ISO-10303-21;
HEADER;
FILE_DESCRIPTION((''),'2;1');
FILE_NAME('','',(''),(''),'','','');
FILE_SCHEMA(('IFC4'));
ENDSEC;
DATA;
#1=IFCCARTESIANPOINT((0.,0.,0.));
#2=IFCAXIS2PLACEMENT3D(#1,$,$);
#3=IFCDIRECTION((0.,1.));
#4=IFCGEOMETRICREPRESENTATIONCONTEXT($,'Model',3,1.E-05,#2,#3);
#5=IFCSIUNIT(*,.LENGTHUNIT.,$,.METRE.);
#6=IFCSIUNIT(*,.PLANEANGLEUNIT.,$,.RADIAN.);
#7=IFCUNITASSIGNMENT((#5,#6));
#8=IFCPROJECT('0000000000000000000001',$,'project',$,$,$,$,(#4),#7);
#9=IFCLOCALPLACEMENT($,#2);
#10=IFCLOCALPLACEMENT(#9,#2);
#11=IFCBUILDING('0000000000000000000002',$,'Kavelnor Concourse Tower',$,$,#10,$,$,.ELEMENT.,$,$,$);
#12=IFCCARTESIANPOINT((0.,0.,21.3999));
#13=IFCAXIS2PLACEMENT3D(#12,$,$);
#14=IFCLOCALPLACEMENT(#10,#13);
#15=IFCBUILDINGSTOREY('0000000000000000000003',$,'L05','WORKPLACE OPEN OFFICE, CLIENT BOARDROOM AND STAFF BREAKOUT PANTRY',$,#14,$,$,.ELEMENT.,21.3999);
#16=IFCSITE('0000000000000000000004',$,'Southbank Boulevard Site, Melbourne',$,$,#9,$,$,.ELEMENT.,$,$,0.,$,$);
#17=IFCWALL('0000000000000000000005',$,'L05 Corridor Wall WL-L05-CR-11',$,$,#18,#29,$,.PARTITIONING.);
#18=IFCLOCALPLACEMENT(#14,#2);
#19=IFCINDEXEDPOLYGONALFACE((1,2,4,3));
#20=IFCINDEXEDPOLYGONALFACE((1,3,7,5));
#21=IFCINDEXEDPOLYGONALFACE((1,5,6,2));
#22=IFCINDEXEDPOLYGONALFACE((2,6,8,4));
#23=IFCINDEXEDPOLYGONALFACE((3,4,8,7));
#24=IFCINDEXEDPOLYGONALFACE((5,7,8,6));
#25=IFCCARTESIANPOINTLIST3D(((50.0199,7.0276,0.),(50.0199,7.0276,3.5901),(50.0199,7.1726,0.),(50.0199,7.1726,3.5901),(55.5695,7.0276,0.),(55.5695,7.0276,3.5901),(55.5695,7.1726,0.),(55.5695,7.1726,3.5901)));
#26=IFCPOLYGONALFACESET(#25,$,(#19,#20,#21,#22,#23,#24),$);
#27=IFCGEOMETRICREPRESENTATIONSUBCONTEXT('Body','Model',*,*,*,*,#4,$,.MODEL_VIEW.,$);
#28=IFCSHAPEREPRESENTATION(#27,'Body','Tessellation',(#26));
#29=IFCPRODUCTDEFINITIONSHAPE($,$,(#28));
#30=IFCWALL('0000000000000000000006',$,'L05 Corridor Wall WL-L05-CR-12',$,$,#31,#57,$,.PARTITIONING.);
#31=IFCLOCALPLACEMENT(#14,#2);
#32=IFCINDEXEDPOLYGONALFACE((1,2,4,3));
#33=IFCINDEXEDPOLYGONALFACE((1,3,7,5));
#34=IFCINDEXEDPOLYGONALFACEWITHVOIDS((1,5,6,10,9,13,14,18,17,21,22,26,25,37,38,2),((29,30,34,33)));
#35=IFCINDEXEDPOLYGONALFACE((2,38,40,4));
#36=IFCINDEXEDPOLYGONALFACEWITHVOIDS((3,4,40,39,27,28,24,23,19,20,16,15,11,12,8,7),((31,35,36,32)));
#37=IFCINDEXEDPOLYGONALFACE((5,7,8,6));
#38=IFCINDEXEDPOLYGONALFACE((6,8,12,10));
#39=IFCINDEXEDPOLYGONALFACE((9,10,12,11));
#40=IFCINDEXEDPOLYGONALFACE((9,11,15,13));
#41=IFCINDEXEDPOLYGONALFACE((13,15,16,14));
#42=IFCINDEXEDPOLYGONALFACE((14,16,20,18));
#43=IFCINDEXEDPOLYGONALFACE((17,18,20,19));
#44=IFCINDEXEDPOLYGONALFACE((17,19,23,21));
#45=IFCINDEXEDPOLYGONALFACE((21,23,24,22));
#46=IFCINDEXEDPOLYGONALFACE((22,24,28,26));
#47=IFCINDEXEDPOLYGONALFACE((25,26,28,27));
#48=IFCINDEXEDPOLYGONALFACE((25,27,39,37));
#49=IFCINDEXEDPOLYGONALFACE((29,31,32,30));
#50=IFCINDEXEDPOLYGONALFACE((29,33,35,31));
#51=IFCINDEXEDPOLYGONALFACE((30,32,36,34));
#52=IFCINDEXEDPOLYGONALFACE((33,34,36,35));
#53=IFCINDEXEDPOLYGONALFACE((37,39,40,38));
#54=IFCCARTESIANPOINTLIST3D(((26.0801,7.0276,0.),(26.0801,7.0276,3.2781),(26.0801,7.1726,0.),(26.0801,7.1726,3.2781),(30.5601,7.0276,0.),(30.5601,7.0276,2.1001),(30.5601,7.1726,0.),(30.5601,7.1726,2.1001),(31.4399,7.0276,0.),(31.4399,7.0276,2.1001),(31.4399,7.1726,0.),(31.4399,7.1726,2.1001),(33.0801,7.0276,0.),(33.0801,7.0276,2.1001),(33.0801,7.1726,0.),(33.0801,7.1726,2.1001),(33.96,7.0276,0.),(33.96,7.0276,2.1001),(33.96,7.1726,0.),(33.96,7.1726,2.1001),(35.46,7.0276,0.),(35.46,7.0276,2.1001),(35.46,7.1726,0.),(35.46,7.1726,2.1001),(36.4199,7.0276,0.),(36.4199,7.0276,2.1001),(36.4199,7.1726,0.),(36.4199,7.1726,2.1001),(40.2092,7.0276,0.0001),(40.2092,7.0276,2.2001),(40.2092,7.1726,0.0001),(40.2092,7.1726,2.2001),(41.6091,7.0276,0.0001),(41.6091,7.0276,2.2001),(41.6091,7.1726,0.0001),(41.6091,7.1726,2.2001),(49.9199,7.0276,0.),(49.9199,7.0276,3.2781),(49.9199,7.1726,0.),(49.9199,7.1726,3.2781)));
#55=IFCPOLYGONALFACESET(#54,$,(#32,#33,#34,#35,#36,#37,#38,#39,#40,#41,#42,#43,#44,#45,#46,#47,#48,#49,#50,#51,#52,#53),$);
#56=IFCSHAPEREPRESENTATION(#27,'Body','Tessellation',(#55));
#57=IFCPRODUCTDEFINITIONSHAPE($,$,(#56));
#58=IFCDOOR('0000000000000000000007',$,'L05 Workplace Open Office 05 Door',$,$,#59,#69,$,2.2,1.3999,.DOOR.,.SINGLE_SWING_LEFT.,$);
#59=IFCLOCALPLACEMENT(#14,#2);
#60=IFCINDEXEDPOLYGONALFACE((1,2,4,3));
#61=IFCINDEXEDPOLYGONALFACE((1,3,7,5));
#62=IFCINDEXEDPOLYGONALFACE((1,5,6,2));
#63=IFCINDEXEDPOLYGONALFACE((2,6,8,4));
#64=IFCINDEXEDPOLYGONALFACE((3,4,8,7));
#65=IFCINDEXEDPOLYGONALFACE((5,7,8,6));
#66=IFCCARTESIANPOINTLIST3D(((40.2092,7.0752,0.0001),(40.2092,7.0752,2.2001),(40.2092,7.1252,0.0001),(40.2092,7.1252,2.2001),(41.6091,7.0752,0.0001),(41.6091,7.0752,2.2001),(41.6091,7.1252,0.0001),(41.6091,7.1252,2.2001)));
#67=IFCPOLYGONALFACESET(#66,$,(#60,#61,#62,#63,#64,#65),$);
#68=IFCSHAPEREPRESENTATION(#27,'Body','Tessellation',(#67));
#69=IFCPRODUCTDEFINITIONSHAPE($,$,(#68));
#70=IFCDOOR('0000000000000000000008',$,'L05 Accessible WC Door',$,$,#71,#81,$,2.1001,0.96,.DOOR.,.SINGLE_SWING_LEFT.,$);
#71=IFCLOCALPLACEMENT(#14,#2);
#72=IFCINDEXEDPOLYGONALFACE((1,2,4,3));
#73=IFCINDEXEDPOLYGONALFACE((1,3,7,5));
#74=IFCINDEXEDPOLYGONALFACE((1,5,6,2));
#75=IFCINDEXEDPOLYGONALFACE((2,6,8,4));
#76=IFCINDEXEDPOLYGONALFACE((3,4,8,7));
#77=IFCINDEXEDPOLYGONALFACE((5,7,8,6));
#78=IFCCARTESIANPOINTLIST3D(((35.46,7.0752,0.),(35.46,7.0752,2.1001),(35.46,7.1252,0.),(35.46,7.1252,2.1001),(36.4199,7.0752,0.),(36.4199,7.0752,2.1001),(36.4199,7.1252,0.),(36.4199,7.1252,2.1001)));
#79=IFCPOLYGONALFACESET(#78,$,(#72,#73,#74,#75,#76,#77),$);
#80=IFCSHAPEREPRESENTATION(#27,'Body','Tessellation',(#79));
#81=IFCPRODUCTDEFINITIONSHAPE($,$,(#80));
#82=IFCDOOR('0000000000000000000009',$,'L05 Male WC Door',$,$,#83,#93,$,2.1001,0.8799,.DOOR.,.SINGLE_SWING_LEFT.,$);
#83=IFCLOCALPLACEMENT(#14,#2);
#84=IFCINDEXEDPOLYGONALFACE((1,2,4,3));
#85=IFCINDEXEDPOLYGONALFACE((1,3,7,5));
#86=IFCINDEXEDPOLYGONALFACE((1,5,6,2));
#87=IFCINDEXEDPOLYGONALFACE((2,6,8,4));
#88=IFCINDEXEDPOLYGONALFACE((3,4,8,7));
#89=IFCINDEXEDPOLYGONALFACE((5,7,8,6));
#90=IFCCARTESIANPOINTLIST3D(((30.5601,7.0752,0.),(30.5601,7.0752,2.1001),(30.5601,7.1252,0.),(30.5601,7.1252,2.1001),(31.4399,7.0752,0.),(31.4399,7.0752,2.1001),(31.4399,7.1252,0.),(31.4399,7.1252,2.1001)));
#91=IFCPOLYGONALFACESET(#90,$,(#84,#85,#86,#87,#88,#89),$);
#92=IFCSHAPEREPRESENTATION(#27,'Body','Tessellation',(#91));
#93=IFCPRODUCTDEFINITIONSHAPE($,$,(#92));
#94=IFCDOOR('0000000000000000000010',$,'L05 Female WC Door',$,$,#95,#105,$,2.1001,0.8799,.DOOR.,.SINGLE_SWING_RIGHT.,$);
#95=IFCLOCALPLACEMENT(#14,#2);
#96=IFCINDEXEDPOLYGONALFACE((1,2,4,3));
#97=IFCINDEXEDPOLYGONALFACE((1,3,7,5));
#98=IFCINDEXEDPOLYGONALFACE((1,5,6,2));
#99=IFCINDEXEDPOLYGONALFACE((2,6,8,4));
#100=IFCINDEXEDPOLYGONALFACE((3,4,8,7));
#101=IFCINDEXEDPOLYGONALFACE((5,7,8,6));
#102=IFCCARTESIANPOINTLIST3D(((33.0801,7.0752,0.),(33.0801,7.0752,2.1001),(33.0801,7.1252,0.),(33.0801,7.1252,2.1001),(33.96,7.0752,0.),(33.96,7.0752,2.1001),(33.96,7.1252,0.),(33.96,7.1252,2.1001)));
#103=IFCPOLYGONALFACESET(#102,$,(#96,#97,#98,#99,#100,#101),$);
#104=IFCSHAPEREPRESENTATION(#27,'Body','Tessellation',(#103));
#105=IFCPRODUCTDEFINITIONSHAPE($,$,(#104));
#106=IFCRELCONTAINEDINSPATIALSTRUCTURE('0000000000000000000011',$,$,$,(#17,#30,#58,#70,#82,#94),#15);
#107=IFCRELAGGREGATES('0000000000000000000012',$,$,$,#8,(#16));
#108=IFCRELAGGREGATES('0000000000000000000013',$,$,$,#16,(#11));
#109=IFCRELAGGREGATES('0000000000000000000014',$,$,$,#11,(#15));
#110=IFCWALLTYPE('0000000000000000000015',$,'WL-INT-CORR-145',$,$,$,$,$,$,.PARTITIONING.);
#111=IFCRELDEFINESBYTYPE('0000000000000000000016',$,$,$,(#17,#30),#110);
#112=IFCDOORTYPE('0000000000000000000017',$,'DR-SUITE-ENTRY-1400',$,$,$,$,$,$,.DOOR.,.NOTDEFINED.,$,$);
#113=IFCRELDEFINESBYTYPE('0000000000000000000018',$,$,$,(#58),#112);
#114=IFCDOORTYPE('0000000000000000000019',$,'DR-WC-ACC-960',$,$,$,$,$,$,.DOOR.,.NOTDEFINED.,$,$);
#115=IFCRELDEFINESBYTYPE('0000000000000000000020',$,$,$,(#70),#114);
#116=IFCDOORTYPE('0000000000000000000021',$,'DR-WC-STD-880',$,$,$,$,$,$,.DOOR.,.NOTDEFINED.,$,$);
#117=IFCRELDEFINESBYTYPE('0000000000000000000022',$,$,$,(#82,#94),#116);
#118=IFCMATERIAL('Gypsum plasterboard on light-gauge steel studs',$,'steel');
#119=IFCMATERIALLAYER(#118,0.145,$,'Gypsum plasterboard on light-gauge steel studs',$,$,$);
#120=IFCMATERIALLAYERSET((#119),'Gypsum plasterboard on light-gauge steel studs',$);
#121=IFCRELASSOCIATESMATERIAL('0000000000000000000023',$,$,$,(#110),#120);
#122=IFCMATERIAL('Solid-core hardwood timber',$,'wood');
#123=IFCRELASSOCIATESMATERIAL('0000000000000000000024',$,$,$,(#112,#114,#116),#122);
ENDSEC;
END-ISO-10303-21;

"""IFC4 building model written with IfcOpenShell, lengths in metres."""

from ifc_helpers import new_model, si_unit, direction, frame, frame_2d, origin, place, context, subcontext, project, spatial, rectangle, extrude, material, layer, layer_set, type_object, element, fill, save


model = new_model("IFC4")

# Units and contexts
model_context = context("Model", 3, precision=1e-05, world=origin(), true_north=direction((0.0, 1.0)))
body_context = subcontext(model_context, "Body", "Model", "MODEL_VIEW")
ifc_project = project(units=[si_unit("LENGTHUNIT", "METRE"), si_unit("PLANEANGLEUNIT", "RADIAN")], contexts=[model_context])

# Site, building, storey
site_placement = place(None, origin())
site = spatial("IfcSite", under=ifc_project, at=site_placement, Name="Southbank Boulevard Site, Melbourne", CompositionType="ELEMENT", RefElevation=0.0)
building_placement = place(site_placement, origin())
building = spatial("IfcBuilding", under=site, at=building_placement, Name="Kavelnor Concourse Tower", CompositionType="ELEMENT")
storey_placement = place(building_placement, frame((0.0, 0.0, 21.3999)))
storey = spatial("IfcBuildingStorey", under=building, at=storey_placement, Name="L05", Description="WORKPLACE OPEN OFFICE, CLIENT BOARDROOM AND STAFF BREAKOUT PANTRY", CompositionType="ELEMENT", Elevation=21.3999)

# Wall
ifc_material_1 = material(Name="Gypsum plasterboard on light-gauge steel studs", Category="steel")
ifc_layer_1 = layer(ifc_material_1, 0.145, Name="Gypsum plasterboard on light-gauge steel studs")
ifc_layer_set_1 = layer_set([ifc_layer_1], Name="Gypsum plasterboard on light-gauge steel studs")
wall_type_1 = type_object("IfcWallType", Name="WL-INT-CORR-145", PredefinedType="PARTITIONING", material=ifc_layer_set_1)
wall_1_placement = place(storey_placement, frame((55.5696, 7.1001, 0.0), z_axis=(0.0, 0.0, 1.0), x_axis=(-1.0, 0.0, 0.0)))
element("IfcWall", 1, at=wall_1_placement, inside=storey, type_object=wall_type_1, Name="L05 Corridor Wall WL-L05-CR-11", PredefinedType="PARTITIONING", context=body_context, shape_type="SweptSolid", body=[
    extrude(rectangle(XDim=5.5496, YDim=0.145, at=frame_2d((2.7749, 0.0))), origin(), (0.0, 0.0, 1.0), 3.5901),
])

# Wall, openings, doors
wall_2_placement = place(storey_placement, frame((49.9199, 7.1001, 0.0), z_axis=(0.0, 0.0, 1.0), x_axis=(-1.0, 0.0, 0.0)))
wall_2 = element("IfcWall", 2, at=wall_2_placement, inside=storey, type_object=wall_type_1, Name="L05 Corridor Wall WL-L05-CR-12", PredefinedType="PARTITIONING", context=body_context, shape_type="SweptSolid", body=[
    extrude(rectangle(XDim=23.8398, YDim=0.145, at=frame_2d((11.9199, 0.0))), origin(), (0.0, 0.0, 1.0), 3.2781),
])
opening_1_placement = place(wall_2_placement, frame((18.48, 0.0, 0.0)))
opening_1 = element("IfcOpeningElement", 3, at=opening_1_placement, cuts=wall_2, PredefinedType="OPENING", context=body_context, shape_type="SweptSolid", body=[
    extrude(rectangle(XDim=0.8799, YDim=2.1001, at=frame_2d((0.4399, 1.05))), frame((0.0, 0.0825, 0.0), z_axis=(0.0, -1.0, 0.0), x_axis=(1.0, 0.0, 0.0)), (0.0, 0.0, 1.0), 0.165),
])
opening_2_placement = place(wall_2_placement, frame((15.96, 0.0, 0.0)))
opening_2 = element("IfcOpeningElement", 4, at=opening_2_placement, cuts=wall_2, PredefinedType="OPENING", context=body_context, shape_type="SweptSolid", body=[
    extrude(rectangle(XDim=0.8799, YDim=2.1001, at=frame_2d((0.4399, 1.05))), frame((0.0, 0.0825, 0.0), z_axis=(0.0, -1.0, 0.0), x_axis=(1.0, 0.0, 0.0)), (0.0, 0.0, 1.0), 0.165),
])
opening_3_placement = place(wall_2_placement, frame((13.5, 0.0, 0.0)))
opening_3 = element("IfcOpeningElement", 5, at=opening_3_placement, cuts=wall_2, PredefinedType="OPENING", context=body_context, shape_type="SweptSolid", body=[
    extrude(rectangle(XDim=0.96, YDim=2.1001, at=frame_2d((0.48, 1.05))), frame((0.0, 0.0825, 0.0), z_axis=(0.0, -1.0, 0.0), x_axis=(1.0, 0.0, 0.0)), (0.0, 0.0, 1.0), 0.165),
])
opening_4_placement = place(wall_2_placement, frame((8.3108, 0.0, 0.0)))
opening_4 = element("IfcOpeningElement", 6, at=opening_4_placement, cuts=wall_2, PredefinedType="OPENING", context=body_context, shape_type="SweptSolid", body=[
    extrude(rectangle(XDim=1.3999, YDim=2.2, at=frame_2d((0.7, 1.1001))), frame((0.0, 0.0825, 0.0), z_axis=(0.0, -1.0, 0.0), x_axis=(1.0, 0.0, 0.0)), (0.0, 0.0, 1.0), 0.165),
])
ifc_material_2 = material(Name="Solid-core hardwood timber", Category="wood")
door_type_1 = type_object("IfcDoorType", Name="DR-SUITE-ENTRY-1400", OperationType="NOTDEFINED", PredefinedType="DOOR", material=ifc_material_2)
door_1_placement = place(opening_4_placement, origin())
door_1 = element("IfcDoor", 7, at=door_1_placement, inside=storey, type_object=door_type_1, Name="L05 Workplace Open Office 05 Door", OperationType="SINGLE_SWING_LEFT", OverallHeight=2.2, OverallWidth=1.3999, PredefinedType="DOOR", context=body_context, shape_type="SweptSolid", body=[
    extrude(rectangle(XDim=1.3999, YDim=2.2, at=frame_2d((0.7, 1.1001))), frame((0.0, 0.0249, 0.0), z_axis=(0.0, -1.0, 0.0), x_axis=(1.0, 0.0, 0.0)), (0.0, 0.0, 1.0), 0.05),
])
fill(opening_4, door_1)
door_type_2 = type_object("IfcDoorType", Name="DR-WC-ACC-960", OperationType="NOTDEFINED", PredefinedType="DOOR", material=ifc_material_2)
door_2_placement = place(opening_3_placement, origin())
door_2 = element("IfcDoor", 8, at=door_2_placement, inside=storey, type_object=door_type_2, Name="L05 Accessible WC Door", OperationType="SINGLE_SWING_LEFT", OverallHeight=2.1001, OverallWidth=0.96, PredefinedType="DOOR", context=body_context, shape_type="SweptSolid", body=[
    extrude(rectangle(XDim=0.96, YDim=2.1001, at=frame_2d((0.48, 1.05))), frame((0.0, 0.0249, 0.0), z_axis=(0.0, -1.0, 0.0), x_axis=(1.0, 0.0, 0.0)), (0.0, 0.0, 1.0), 0.05),
])
fill(opening_3, door_2)
door_type_3 = type_object("IfcDoorType", Name="DR-WC-STD-880", OperationType="NOTDEFINED", PredefinedType="DOOR", material=ifc_material_2)
door_3_placement = place(opening_1_placement, origin())
door_3 = element("IfcDoor", 9, at=door_3_placement, inside=storey, type_object=door_type_3, Name="L05 Male WC Door", OperationType="SINGLE_SWING_LEFT", OverallHeight=2.1001, OverallWidth=0.8799, PredefinedType="DOOR", context=body_context, shape_type="SweptSolid", body=[
    extrude(rectangle(XDim=0.8799, YDim=2.1001, at=frame_2d((0.4399, 1.05))), frame((0.0, 0.0249, 0.0), z_axis=(0.0, -1.0, 0.0), x_axis=(1.0, 0.0, 0.0)), (0.0, 0.0, 1.0), 0.05),
])
fill(opening_1, door_3)
door_4_placement = place(opening_2_placement, origin())
door_4 = element("IfcDoor", 10, at=door_4_placement, inside=storey, type_object=door_type_3, Name="L05 Female WC Door", OperationType="SINGLE_SWING_RIGHT", OverallHeight=2.1001, OverallWidth=0.8799, PredefinedType="DOOR", context=body_context, shape_type="SweptSolid", body=[
    extrude(rectangle(XDim=0.8799, YDim=2.1001, at=frame_2d((0.4399, 1.05))), frame((0.0, 0.0249, 0.0), z_axis=(0.0, -1.0, 0.0), x_axis=(1.0, 0.0, 0.0)), (0.0, 0.0, 1.0), 0.05),
])
fill(opening_2, door_4)

save(model, "model.ifc")
